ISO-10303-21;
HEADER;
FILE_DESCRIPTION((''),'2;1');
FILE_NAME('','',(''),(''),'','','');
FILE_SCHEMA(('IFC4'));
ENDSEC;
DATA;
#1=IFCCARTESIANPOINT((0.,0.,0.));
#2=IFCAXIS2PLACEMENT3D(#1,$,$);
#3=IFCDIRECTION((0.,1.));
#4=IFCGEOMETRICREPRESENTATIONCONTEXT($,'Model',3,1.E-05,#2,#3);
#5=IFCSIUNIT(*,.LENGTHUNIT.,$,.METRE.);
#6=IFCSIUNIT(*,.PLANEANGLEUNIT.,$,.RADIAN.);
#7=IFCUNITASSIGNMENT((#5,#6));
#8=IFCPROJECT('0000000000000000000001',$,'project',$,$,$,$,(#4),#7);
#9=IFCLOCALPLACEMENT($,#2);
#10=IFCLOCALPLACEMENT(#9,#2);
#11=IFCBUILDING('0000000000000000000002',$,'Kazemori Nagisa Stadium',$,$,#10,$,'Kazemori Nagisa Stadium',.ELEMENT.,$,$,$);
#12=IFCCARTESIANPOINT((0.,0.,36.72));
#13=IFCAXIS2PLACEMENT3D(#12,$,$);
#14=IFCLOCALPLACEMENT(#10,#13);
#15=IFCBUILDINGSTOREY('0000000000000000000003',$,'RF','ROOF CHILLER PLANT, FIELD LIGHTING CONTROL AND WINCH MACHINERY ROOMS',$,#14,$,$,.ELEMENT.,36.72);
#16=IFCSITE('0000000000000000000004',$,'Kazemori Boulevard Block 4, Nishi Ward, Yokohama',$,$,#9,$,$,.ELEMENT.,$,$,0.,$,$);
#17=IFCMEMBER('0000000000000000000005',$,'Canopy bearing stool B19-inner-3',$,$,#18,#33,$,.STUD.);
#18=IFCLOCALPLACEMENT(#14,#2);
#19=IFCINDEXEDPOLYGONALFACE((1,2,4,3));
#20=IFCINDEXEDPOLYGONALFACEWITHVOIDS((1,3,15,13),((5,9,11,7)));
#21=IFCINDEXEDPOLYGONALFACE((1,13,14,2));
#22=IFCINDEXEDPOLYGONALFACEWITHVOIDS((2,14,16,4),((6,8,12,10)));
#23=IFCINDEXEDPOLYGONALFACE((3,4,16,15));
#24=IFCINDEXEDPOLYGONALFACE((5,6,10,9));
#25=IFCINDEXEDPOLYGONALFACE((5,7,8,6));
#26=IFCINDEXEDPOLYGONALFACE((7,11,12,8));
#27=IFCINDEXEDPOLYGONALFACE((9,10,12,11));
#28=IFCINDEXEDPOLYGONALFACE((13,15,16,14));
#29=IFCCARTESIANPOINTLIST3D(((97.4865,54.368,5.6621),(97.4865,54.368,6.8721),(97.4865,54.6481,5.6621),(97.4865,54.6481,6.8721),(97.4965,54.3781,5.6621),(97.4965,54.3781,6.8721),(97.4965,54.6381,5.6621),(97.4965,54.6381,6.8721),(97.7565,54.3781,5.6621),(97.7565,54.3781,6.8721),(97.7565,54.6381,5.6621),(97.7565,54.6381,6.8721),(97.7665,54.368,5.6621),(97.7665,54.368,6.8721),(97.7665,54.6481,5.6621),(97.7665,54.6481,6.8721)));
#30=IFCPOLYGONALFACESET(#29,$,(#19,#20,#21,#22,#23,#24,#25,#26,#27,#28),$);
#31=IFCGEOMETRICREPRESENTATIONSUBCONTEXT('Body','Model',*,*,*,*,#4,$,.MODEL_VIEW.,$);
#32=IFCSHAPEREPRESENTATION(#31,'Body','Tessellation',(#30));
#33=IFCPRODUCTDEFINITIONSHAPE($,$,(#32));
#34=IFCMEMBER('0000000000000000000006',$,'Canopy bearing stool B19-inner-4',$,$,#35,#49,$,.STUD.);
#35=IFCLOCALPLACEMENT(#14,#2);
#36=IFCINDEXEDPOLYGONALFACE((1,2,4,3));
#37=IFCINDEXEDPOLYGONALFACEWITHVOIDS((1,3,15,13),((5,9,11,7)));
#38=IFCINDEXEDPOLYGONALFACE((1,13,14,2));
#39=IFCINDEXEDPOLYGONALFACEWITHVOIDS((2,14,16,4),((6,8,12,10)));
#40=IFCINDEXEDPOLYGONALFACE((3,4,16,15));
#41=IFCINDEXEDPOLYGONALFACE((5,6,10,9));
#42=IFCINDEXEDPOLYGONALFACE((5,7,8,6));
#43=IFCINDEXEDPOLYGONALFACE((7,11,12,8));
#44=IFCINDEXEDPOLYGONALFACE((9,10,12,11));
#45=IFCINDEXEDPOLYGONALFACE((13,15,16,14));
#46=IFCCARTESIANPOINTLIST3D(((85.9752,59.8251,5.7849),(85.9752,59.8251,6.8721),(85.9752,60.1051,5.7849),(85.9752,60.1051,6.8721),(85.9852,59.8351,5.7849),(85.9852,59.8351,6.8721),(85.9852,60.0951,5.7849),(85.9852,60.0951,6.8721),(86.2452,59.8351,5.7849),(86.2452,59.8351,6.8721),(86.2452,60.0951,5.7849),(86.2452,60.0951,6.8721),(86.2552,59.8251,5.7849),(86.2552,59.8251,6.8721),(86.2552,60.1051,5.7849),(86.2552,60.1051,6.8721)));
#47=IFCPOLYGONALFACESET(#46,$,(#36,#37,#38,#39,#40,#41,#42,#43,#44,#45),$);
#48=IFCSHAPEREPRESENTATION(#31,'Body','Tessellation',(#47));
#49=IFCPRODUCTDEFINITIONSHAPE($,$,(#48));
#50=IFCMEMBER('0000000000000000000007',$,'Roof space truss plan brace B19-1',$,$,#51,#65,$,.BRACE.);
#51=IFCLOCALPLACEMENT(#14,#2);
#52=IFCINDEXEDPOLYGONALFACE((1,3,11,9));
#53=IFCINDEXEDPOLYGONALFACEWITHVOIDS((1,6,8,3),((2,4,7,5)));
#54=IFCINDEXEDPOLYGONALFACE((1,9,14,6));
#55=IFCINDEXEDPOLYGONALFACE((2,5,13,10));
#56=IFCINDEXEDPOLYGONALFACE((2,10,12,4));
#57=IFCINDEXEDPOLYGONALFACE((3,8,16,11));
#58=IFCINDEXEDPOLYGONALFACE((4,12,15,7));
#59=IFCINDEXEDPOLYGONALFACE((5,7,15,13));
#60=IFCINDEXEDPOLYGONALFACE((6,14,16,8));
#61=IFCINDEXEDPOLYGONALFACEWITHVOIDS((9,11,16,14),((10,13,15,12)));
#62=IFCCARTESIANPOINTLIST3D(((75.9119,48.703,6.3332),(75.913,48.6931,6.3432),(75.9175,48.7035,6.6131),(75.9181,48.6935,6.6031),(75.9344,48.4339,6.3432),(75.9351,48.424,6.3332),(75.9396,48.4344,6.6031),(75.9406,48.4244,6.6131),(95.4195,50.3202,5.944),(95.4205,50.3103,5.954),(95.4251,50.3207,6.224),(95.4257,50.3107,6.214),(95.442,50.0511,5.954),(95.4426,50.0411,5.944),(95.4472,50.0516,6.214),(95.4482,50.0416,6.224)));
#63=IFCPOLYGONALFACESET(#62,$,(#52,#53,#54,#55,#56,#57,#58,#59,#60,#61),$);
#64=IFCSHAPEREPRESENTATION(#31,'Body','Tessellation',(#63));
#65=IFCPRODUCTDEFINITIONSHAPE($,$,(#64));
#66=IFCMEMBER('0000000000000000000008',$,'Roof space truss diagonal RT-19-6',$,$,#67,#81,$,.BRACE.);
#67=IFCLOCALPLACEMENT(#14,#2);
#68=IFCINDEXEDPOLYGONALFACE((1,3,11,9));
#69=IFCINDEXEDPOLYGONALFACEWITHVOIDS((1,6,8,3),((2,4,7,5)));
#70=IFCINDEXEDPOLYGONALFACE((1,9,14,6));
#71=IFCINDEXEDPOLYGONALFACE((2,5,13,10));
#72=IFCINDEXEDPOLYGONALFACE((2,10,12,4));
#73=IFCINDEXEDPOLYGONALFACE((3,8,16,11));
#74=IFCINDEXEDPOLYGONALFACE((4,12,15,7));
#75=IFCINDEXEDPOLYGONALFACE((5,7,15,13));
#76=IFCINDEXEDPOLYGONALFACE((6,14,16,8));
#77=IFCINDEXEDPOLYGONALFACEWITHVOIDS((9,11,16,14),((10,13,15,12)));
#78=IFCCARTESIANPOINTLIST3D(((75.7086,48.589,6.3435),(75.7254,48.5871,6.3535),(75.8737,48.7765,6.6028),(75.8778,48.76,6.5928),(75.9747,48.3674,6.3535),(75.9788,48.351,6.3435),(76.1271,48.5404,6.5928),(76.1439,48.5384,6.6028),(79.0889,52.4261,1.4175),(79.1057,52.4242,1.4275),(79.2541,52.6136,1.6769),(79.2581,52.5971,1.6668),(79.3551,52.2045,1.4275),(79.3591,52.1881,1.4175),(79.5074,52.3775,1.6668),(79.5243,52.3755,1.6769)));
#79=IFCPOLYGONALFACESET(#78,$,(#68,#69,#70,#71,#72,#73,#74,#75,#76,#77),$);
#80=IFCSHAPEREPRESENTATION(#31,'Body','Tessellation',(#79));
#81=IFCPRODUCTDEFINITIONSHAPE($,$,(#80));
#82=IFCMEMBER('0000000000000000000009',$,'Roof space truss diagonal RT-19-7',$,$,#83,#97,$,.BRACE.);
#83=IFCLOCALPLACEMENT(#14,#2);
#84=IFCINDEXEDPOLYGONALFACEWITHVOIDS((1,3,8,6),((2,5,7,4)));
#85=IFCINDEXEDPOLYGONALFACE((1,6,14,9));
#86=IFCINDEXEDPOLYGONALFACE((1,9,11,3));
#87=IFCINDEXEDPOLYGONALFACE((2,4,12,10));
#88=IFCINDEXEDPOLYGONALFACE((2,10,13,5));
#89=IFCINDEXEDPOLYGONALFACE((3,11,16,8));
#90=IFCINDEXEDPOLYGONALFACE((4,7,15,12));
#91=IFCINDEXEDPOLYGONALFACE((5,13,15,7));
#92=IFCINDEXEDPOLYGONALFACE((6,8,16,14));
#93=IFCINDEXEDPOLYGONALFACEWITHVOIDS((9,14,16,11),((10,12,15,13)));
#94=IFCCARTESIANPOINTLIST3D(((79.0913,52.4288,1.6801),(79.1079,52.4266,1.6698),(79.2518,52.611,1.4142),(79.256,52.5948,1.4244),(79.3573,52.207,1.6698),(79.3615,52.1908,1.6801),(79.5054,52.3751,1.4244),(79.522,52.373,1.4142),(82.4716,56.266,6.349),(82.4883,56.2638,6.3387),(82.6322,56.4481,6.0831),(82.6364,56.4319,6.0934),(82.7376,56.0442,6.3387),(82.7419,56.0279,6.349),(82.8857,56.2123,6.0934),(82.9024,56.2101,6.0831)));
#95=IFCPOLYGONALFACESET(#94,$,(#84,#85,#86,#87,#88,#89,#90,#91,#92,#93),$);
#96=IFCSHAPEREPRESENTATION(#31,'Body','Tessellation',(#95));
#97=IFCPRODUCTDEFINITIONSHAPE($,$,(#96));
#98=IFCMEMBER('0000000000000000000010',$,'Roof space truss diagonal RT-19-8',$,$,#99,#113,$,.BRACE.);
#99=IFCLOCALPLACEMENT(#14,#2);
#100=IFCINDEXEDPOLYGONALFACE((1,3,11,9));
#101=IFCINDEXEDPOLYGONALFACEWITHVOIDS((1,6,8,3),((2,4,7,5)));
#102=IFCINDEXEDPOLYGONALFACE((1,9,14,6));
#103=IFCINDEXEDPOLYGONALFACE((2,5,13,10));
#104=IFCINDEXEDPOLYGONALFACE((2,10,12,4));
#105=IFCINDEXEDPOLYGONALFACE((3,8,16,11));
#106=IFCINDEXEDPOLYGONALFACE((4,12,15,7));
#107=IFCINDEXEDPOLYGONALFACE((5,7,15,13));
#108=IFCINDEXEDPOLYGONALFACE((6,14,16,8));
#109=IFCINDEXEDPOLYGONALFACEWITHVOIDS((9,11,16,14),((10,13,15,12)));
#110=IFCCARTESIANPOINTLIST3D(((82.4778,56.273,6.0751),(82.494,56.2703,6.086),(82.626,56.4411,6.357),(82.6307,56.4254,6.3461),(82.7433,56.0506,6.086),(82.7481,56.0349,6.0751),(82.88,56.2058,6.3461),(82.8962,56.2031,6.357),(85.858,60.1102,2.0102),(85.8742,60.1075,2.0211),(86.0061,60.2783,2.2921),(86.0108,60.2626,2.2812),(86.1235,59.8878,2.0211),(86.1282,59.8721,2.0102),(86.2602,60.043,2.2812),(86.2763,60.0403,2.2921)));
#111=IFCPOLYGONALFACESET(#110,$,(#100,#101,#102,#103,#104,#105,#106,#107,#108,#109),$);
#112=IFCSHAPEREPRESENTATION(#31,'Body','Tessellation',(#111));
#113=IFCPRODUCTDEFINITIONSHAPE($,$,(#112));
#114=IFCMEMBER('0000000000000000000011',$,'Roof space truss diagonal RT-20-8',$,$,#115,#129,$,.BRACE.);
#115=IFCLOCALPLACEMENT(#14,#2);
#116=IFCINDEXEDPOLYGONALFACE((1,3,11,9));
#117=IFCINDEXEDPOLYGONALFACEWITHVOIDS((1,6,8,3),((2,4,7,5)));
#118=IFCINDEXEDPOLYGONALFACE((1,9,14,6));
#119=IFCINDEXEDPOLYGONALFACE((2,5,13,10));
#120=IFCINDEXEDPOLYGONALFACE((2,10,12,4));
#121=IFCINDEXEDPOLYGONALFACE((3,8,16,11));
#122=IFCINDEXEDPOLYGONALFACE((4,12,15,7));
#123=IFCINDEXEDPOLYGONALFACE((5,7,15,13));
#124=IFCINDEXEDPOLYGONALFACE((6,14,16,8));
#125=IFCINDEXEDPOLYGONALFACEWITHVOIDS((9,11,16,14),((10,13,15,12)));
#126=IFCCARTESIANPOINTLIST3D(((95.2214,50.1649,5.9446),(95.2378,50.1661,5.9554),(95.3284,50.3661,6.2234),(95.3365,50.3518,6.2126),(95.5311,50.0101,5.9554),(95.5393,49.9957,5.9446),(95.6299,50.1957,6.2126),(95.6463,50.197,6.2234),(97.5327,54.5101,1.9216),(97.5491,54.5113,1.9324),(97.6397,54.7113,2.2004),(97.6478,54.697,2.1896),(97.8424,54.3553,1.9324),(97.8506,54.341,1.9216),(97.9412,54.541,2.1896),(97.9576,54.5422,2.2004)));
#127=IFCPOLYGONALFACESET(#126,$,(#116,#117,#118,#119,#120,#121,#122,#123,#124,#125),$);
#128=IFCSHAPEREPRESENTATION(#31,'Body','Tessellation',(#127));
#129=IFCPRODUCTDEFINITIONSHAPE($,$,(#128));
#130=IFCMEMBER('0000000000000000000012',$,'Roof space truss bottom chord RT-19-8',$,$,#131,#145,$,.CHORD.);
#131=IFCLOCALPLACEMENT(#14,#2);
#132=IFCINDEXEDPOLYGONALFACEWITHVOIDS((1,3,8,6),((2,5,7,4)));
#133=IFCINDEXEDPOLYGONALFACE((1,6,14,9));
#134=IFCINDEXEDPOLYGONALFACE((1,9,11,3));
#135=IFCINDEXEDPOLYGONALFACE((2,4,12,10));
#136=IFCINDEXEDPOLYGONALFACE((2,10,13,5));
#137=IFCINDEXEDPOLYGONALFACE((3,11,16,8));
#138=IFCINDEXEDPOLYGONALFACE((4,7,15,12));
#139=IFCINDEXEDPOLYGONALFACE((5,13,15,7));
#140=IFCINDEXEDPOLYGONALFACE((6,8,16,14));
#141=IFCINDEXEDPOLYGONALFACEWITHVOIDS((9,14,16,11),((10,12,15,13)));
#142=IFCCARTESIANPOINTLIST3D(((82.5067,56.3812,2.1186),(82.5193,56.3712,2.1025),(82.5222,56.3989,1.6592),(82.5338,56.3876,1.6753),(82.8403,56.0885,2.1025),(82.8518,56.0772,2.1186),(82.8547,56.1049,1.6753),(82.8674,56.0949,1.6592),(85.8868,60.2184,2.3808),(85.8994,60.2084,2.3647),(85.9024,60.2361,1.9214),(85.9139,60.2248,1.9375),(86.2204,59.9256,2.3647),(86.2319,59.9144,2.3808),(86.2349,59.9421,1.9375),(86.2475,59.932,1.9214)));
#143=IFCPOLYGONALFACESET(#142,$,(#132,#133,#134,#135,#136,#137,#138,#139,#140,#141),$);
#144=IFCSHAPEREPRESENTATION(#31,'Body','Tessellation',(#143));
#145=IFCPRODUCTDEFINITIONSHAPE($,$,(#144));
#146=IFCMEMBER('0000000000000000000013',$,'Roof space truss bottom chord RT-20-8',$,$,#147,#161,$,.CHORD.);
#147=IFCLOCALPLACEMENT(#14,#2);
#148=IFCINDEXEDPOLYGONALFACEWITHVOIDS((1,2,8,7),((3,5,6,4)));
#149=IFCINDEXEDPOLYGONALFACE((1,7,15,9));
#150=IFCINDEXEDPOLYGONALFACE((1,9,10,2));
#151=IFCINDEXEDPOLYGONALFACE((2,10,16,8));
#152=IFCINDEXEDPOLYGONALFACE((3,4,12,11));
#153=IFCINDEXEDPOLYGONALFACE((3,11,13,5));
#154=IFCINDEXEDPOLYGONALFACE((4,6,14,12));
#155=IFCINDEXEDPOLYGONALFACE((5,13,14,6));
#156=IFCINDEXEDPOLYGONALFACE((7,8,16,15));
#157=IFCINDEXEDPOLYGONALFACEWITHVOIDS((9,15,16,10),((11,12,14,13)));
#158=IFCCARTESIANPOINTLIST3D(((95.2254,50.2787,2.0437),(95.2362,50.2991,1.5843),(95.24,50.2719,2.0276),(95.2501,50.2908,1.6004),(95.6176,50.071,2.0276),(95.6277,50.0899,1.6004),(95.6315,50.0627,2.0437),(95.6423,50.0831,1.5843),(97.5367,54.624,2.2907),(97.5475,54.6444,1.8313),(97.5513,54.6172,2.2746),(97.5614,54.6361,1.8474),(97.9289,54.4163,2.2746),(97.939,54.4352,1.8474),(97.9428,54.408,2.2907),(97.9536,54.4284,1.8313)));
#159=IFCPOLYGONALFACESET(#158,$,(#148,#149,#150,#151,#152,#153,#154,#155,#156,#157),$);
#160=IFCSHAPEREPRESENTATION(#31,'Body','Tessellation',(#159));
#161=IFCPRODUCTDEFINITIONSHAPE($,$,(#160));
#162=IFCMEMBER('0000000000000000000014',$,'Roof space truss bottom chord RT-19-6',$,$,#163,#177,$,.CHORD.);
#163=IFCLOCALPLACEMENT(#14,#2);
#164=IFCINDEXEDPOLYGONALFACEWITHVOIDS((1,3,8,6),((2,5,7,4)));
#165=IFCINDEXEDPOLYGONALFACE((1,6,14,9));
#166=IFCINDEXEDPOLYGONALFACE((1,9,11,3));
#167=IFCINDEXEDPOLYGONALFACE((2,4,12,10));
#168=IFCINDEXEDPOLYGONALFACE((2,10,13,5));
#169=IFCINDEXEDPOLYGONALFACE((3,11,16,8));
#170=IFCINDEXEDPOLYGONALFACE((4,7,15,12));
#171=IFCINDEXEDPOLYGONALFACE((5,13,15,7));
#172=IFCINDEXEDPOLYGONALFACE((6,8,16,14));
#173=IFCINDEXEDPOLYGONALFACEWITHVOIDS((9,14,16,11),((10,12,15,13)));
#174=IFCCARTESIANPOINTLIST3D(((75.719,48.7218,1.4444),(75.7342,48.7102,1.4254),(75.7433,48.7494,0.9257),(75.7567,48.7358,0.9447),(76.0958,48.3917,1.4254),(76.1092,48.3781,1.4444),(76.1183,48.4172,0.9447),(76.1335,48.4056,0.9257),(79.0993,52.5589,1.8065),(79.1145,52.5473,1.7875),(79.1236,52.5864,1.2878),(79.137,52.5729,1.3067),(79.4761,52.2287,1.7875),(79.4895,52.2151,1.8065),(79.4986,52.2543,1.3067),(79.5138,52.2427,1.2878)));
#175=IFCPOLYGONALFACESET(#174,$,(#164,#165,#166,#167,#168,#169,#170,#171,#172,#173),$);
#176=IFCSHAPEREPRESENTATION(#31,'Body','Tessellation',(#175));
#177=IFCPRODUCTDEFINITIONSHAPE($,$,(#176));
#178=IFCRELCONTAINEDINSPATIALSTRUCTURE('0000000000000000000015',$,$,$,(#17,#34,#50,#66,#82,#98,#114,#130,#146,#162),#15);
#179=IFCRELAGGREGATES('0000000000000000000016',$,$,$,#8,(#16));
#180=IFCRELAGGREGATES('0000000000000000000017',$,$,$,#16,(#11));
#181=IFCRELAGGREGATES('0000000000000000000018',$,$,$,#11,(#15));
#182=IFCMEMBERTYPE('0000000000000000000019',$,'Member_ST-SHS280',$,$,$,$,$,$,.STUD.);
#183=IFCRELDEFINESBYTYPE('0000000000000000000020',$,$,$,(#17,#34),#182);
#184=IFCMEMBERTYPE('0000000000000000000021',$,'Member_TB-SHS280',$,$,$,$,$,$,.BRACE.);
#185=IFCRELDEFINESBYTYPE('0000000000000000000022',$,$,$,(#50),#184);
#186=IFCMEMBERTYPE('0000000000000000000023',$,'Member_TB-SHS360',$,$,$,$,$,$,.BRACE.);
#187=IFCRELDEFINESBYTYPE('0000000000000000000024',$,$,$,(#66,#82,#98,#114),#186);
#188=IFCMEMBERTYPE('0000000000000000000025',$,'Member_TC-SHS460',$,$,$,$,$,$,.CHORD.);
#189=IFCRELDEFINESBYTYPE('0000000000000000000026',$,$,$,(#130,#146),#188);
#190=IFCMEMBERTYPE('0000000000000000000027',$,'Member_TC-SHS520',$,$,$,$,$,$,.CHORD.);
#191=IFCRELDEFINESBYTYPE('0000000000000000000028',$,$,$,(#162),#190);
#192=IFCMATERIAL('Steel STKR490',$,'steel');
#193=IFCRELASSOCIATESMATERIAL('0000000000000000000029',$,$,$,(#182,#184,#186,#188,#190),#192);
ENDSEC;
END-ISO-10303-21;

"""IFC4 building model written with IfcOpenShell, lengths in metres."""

from ifc_helpers import new_model, si_unit, direction, frame, origin, origin_2d, place, context, subcontext, project, spatial, hollow_rectangle, extrude, material, material_profile, profile_set, type_object, element, save


model = new_model("IFC4")

# Units and contexts
model_context = context("Model", 3, precision=1e-05, world=origin(), true_north=direction((0.0, 1.0)))
body_context = subcontext(model_context, "Body", "Model", "MODEL_VIEW")
ifc_project = project(units=[si_unit("LENGTHUNIT", "METRE"), si_unit("PLANEANGLEUNIT", "RADIAN")], contexts=[model_context])

# Site, building, storey
site_placement = place(None, origin())
site = spatial("IfcSite", under=ifc_project, at=site_placement, Name="Kazemori Boulevard Block 4, Nishi Ward, Yokohama", CompositionType="ELEMENT", RefElevation=0.0)
building_placement = place(site_placement, origin())
building = spatial("IfcBuilding", under=site, at=building_placement, Name="Kazemori Nagisa Stadium", LongName="Kazemori Nagisa Stadium", CompositionType="ELEMENT")
storey_placement = place(building_placement, frame((0.0, 0.0, 36.72)))
storey = spatial("IfcBuildingStorey", under=building, at=storey_placement, Name="RF", Description="ROOF CHILLER PLANT, FIELD LIGHTING CONTROL AND WINCH MACHINERY ROOMS", CompositionType="ELEMENT", Elevation=36.72)

# Members
ifc_material_1 = material(Name="Steel STKR490", Category="steel")
ifc_material_profile_1 = material_profile(ifc_material_1, hollow_rectangle(XDim=0.28, YDim=0.28, WallThickness=0.01, at=origin_2d()), Name="SHS-280x280x10")
ifc_profile_set_1 = profile_set([ifc_material_profile_1], Name="Steel STKR490")
member_type_1 = type_object("IfcMemberType", Name="Member_ST-SHS280", PredefinedType="STUD", material=ifc_profile_set_1)
member_1_placement = place(storey_placement, frame((97.6265, 54.5081, 5.6621), z_axis=(0.0, 0.0, 1.0), x_axis=(1.0, 0.0, 0.0)))
element("IfcMember", 1, at=member_1_placement, inside=storey, type_object=member_type_1, Name="Canopy bearing stool B19-inner-3", PredefinedType="STUD", context=body_context, shape_type="SweptSolid", body=[
    extrude(hollow_rectangle(XDim=0.28, YDim=0.28, WallThickness=0.01, at=origin_2d()), origin(), (0.0, 0.0, 1.0), 1.21),
])
member_2_placement = place(storey_placement, frame((86.1152, 59.9651, 5.7849), z_axis=(0.0, 0.0, 1.0), x_axis=(1.0, 0.0, 0.0)))
element("IfcMember", 2, at=member_2_placement, inside=storey, type_object=member_type_1, Name="Canopy bearing stool B19-inner-4", PredefinedType="STUD", context=body_context, shape_type="SweptSolid", body=[
    extrude(hollow_rectangle(XDim=0.28, YDim=0.28, WallThickness=0.01, at=origin_2d()), origin(), (0.0, 0.0, 1.0), 1.0872),
])
ifc_material_profile_2 = material_profile(ifc_material_1, hollow_rectangle(XDim=0.28, YDim=0.28, WallThickness=0.01, at=origin_2d()), Name="SHS-280x280x10")
ifc_profile_set_2 = profile_set([ifc_material_profile_2], Name="Steel STKR490")
member_type_2 = type_object("IfcMemberType", Name="Member_TB-SHS280", PredefinedType="BRACE", material=ifc_profile_set_2)
member_3_placement = place(storey_placement, frame((75.9263, 48.5637, 6.4731), z_axis=(0.996384, 0.082601, -0.019877), x_axis=(-0.082617, 0.996581, 0.0)))
element("IfcMember", 3, at=member_3_placement, inside=storey, type_object=member_type_2, Name="Roof space truss plan brace B19-1", PredefinedType="BRACE", context=body_context, shape_type="SweptSolid", body=[
    extrude(hollow_rectangle(XDim=0.28, YDim=0.28, WallThickness=0.01, at=origin_2d()), origin(), (0.0, 0.0, 1.0), 19.5784),
])
ifc_material_profile_3 = material_profile(ifc_material_1, hollow_rectangle(XDim=0.3601, YDim=0.3601, WallThickness=0.0139, at=origin_2d()), Name="SHS-360x360x14")
ifc_profile_set_3 = profile_set([ifc_material_profile_3], Name="Steel STKR490")
member_type_3 = type_object("IfcMemberType", Name="Member_TB-SHS360", PredefinedType="BRACE", material=ifc_profile_set_3)
member_4_placement = place(storey_placement, frame((75.9263, 48.5637, 6.4731), z_axis=(0.476078, 0.54041, -0.693762), x_axis=(-0.750357, 0.661032, 0.0)))
element("IfcMember", 4, at=member_4_placement, inside=storey, type_object=member_type_3, Name="Roof space truss diagonal RT-19-6", PredefinedType="BRACE", context=body_context, shape_type="SweptSolid", body=[
    extrude(hollow_rectangle(XDim=0.3601, YDim=0.3601, WallThickness=0.0139, at=origin_2d()), origin(), (0.0, 0.0, 1.0), 7.1003),
])
member_5_placement = place(storey_placement, frame((79.3066, 52.4009, 1.5471), z_axis=(0.48817, 0.554136, 0.674257), x_axis=(-0.750357, 0.661032, 0.0)))
element("IfcMember", 5, at=member_5_placement, inside=storey, type_object=member_type_3, Name="Roof space truss diagonal RT-19-7", PredefinedType="BRACE", context=body_context, shape_type="SweptSolid", body=[
    extrude(hollow_rectangle(XDim=0.3601, YDim=0.3601, WallThickness=0.0139, at=origin_2d()), origin(), (0.0, 0.0, 1.0), 6.9246),
])
member_6_placement = place(storey_placement, frame((82.687, 56.238, 6.2161), z_axis=(0.517437, 0.5874, -0.62227), x_axis=(-0.750381, 0.661006, 0.0)))
element("IfcMember", 6, at=member_6_placement, inside=storey, type_object=member_type_3, Name="Roof space truss diagonal RT-19-8", PredefinedType="BRACE", context=body_context, shape_type="SweptSolid", body=[
    extrude(hollow_rectangle(XDim=0.3601, YDim=0.3601, WallThickness=0.0139, at=origin_2d()), origin(), (0.0, 0.0, 1.0), 6.5325),
])
member_7_placement = place(storey_placement, frame((95.4338, 50.1809, 6.084), z_axis=(0.3636, 0.68357, -0.632872), x_axis=(-0.882873, 0.469612, 0.0)))
element("IfcMember", 7, at=member_7_placement, inside=storey, type_object=member_type_3, Name="Roof space truss diagonal RT-20-8", PredefinedType="BRACE", context=body_context, shape_type="SweptSolid", body=[
    extrude(hollow_rectangle(XDim=0.3601, YDim=0.3601, WallThickness=0.0139, at=origin_2d()), origin(), (0.0, 0.0, 1.0), 6.3567),
])
ifc_material_profile_4 = material_profile(ifc_material_1, hollow_rectangle(XDim=0.46, YDim=0.46, WallThickness=0.0161, at=origin_2d()), Name="SHS-460x460x16")
ifc_profile_set_4 = profile_set([ifc_material_profile_4], Name="Steel STKR490")
member_type_4 = type_object("IfcMemberType", Name="Member_TC-SHS460", PredefinedType="CHORD", material=ifc_profile_set_4)
member_8_placement = place(storey_placement, frame((82.687, 56.238, 1.8889), z_axis=(0.660138, 0.749396, 0.051209), x_axis=(-0.750381, 0.661006, 0.0)))
element("IfcMember", 8, at=member_8_placement, inside=storey, type_object=member_type_4, Name="Roof space truss bottom chord RT-19-8", PredefinedType="CHORD", context=body_context, shape_type="SweptSolid", body=[
    extrude(hollow_rectangle(XDim=0.46, YDim=0.46, WallThickness=0.0161, at=origin_2d()), origin(), (0.0, 0.0, 1.0), 5.1204),
])
member_9_placement = place(storey_placement, frame((95.4338, 50.1809, 1.814), z_axis=(0.469022, 0.881762, 0.050137), x_axis=(-0.882873, 0.469612, 0.0)))
element("IfcMember", 9, at=member_9_placement, inside=storey, type_object=member_type_4, Name="Roof space truss bottom chord RT-20-8", PredefinedType="CHORD", context=body_context, shape_type="SweptSolid", body=[
    extrude(hollow_rectangle(XDim=0.46, YDim=0.46, WallThickness=0.0161, at=origin_2d()), origin(), (0.0, 0.0, 1.0), 4.928),
])
ifc_material_profile_5 = material_profile(ifc_material_1, hollow_rectangle(XDim=0.52, YDim=0.52, WallThickness=0.019, at=origin_2d()), Name="SHS-520x520x19")
ifc_profile_set_5 = profile_set([ifc_material_profile_5], Name="Steel STKR490")
member_type_5 = type_object("IfcMemberType", Name="Member_TC-SHS520", PredefinedType="CHORD", material=ifc_profile_set_5)
member_10_placement = place(storey_placement, frame((75.9263, 48.5637, 1.1851), z_axis=(0.659382, 0.748484, 0.070624), x_axis=(-0.750357, 0.661032, 0.0)))
element("IfcMember", 10, at=member_10_placement, inside=storey, type_object=member_type_5, Name="Roof space truss bottom chord RT-19-6", PredefinedType="CHORD", context=body_context, shape_type="SweptSolid", body=[
    extrude(hollow_rectangle(XDim=0.52, YDim=0.52, WallThickness=0.019, at=origin_2d()), origin(), (0.0, 0.0, 1.0), 5.1265),
])

save(model, "model.ifc")
